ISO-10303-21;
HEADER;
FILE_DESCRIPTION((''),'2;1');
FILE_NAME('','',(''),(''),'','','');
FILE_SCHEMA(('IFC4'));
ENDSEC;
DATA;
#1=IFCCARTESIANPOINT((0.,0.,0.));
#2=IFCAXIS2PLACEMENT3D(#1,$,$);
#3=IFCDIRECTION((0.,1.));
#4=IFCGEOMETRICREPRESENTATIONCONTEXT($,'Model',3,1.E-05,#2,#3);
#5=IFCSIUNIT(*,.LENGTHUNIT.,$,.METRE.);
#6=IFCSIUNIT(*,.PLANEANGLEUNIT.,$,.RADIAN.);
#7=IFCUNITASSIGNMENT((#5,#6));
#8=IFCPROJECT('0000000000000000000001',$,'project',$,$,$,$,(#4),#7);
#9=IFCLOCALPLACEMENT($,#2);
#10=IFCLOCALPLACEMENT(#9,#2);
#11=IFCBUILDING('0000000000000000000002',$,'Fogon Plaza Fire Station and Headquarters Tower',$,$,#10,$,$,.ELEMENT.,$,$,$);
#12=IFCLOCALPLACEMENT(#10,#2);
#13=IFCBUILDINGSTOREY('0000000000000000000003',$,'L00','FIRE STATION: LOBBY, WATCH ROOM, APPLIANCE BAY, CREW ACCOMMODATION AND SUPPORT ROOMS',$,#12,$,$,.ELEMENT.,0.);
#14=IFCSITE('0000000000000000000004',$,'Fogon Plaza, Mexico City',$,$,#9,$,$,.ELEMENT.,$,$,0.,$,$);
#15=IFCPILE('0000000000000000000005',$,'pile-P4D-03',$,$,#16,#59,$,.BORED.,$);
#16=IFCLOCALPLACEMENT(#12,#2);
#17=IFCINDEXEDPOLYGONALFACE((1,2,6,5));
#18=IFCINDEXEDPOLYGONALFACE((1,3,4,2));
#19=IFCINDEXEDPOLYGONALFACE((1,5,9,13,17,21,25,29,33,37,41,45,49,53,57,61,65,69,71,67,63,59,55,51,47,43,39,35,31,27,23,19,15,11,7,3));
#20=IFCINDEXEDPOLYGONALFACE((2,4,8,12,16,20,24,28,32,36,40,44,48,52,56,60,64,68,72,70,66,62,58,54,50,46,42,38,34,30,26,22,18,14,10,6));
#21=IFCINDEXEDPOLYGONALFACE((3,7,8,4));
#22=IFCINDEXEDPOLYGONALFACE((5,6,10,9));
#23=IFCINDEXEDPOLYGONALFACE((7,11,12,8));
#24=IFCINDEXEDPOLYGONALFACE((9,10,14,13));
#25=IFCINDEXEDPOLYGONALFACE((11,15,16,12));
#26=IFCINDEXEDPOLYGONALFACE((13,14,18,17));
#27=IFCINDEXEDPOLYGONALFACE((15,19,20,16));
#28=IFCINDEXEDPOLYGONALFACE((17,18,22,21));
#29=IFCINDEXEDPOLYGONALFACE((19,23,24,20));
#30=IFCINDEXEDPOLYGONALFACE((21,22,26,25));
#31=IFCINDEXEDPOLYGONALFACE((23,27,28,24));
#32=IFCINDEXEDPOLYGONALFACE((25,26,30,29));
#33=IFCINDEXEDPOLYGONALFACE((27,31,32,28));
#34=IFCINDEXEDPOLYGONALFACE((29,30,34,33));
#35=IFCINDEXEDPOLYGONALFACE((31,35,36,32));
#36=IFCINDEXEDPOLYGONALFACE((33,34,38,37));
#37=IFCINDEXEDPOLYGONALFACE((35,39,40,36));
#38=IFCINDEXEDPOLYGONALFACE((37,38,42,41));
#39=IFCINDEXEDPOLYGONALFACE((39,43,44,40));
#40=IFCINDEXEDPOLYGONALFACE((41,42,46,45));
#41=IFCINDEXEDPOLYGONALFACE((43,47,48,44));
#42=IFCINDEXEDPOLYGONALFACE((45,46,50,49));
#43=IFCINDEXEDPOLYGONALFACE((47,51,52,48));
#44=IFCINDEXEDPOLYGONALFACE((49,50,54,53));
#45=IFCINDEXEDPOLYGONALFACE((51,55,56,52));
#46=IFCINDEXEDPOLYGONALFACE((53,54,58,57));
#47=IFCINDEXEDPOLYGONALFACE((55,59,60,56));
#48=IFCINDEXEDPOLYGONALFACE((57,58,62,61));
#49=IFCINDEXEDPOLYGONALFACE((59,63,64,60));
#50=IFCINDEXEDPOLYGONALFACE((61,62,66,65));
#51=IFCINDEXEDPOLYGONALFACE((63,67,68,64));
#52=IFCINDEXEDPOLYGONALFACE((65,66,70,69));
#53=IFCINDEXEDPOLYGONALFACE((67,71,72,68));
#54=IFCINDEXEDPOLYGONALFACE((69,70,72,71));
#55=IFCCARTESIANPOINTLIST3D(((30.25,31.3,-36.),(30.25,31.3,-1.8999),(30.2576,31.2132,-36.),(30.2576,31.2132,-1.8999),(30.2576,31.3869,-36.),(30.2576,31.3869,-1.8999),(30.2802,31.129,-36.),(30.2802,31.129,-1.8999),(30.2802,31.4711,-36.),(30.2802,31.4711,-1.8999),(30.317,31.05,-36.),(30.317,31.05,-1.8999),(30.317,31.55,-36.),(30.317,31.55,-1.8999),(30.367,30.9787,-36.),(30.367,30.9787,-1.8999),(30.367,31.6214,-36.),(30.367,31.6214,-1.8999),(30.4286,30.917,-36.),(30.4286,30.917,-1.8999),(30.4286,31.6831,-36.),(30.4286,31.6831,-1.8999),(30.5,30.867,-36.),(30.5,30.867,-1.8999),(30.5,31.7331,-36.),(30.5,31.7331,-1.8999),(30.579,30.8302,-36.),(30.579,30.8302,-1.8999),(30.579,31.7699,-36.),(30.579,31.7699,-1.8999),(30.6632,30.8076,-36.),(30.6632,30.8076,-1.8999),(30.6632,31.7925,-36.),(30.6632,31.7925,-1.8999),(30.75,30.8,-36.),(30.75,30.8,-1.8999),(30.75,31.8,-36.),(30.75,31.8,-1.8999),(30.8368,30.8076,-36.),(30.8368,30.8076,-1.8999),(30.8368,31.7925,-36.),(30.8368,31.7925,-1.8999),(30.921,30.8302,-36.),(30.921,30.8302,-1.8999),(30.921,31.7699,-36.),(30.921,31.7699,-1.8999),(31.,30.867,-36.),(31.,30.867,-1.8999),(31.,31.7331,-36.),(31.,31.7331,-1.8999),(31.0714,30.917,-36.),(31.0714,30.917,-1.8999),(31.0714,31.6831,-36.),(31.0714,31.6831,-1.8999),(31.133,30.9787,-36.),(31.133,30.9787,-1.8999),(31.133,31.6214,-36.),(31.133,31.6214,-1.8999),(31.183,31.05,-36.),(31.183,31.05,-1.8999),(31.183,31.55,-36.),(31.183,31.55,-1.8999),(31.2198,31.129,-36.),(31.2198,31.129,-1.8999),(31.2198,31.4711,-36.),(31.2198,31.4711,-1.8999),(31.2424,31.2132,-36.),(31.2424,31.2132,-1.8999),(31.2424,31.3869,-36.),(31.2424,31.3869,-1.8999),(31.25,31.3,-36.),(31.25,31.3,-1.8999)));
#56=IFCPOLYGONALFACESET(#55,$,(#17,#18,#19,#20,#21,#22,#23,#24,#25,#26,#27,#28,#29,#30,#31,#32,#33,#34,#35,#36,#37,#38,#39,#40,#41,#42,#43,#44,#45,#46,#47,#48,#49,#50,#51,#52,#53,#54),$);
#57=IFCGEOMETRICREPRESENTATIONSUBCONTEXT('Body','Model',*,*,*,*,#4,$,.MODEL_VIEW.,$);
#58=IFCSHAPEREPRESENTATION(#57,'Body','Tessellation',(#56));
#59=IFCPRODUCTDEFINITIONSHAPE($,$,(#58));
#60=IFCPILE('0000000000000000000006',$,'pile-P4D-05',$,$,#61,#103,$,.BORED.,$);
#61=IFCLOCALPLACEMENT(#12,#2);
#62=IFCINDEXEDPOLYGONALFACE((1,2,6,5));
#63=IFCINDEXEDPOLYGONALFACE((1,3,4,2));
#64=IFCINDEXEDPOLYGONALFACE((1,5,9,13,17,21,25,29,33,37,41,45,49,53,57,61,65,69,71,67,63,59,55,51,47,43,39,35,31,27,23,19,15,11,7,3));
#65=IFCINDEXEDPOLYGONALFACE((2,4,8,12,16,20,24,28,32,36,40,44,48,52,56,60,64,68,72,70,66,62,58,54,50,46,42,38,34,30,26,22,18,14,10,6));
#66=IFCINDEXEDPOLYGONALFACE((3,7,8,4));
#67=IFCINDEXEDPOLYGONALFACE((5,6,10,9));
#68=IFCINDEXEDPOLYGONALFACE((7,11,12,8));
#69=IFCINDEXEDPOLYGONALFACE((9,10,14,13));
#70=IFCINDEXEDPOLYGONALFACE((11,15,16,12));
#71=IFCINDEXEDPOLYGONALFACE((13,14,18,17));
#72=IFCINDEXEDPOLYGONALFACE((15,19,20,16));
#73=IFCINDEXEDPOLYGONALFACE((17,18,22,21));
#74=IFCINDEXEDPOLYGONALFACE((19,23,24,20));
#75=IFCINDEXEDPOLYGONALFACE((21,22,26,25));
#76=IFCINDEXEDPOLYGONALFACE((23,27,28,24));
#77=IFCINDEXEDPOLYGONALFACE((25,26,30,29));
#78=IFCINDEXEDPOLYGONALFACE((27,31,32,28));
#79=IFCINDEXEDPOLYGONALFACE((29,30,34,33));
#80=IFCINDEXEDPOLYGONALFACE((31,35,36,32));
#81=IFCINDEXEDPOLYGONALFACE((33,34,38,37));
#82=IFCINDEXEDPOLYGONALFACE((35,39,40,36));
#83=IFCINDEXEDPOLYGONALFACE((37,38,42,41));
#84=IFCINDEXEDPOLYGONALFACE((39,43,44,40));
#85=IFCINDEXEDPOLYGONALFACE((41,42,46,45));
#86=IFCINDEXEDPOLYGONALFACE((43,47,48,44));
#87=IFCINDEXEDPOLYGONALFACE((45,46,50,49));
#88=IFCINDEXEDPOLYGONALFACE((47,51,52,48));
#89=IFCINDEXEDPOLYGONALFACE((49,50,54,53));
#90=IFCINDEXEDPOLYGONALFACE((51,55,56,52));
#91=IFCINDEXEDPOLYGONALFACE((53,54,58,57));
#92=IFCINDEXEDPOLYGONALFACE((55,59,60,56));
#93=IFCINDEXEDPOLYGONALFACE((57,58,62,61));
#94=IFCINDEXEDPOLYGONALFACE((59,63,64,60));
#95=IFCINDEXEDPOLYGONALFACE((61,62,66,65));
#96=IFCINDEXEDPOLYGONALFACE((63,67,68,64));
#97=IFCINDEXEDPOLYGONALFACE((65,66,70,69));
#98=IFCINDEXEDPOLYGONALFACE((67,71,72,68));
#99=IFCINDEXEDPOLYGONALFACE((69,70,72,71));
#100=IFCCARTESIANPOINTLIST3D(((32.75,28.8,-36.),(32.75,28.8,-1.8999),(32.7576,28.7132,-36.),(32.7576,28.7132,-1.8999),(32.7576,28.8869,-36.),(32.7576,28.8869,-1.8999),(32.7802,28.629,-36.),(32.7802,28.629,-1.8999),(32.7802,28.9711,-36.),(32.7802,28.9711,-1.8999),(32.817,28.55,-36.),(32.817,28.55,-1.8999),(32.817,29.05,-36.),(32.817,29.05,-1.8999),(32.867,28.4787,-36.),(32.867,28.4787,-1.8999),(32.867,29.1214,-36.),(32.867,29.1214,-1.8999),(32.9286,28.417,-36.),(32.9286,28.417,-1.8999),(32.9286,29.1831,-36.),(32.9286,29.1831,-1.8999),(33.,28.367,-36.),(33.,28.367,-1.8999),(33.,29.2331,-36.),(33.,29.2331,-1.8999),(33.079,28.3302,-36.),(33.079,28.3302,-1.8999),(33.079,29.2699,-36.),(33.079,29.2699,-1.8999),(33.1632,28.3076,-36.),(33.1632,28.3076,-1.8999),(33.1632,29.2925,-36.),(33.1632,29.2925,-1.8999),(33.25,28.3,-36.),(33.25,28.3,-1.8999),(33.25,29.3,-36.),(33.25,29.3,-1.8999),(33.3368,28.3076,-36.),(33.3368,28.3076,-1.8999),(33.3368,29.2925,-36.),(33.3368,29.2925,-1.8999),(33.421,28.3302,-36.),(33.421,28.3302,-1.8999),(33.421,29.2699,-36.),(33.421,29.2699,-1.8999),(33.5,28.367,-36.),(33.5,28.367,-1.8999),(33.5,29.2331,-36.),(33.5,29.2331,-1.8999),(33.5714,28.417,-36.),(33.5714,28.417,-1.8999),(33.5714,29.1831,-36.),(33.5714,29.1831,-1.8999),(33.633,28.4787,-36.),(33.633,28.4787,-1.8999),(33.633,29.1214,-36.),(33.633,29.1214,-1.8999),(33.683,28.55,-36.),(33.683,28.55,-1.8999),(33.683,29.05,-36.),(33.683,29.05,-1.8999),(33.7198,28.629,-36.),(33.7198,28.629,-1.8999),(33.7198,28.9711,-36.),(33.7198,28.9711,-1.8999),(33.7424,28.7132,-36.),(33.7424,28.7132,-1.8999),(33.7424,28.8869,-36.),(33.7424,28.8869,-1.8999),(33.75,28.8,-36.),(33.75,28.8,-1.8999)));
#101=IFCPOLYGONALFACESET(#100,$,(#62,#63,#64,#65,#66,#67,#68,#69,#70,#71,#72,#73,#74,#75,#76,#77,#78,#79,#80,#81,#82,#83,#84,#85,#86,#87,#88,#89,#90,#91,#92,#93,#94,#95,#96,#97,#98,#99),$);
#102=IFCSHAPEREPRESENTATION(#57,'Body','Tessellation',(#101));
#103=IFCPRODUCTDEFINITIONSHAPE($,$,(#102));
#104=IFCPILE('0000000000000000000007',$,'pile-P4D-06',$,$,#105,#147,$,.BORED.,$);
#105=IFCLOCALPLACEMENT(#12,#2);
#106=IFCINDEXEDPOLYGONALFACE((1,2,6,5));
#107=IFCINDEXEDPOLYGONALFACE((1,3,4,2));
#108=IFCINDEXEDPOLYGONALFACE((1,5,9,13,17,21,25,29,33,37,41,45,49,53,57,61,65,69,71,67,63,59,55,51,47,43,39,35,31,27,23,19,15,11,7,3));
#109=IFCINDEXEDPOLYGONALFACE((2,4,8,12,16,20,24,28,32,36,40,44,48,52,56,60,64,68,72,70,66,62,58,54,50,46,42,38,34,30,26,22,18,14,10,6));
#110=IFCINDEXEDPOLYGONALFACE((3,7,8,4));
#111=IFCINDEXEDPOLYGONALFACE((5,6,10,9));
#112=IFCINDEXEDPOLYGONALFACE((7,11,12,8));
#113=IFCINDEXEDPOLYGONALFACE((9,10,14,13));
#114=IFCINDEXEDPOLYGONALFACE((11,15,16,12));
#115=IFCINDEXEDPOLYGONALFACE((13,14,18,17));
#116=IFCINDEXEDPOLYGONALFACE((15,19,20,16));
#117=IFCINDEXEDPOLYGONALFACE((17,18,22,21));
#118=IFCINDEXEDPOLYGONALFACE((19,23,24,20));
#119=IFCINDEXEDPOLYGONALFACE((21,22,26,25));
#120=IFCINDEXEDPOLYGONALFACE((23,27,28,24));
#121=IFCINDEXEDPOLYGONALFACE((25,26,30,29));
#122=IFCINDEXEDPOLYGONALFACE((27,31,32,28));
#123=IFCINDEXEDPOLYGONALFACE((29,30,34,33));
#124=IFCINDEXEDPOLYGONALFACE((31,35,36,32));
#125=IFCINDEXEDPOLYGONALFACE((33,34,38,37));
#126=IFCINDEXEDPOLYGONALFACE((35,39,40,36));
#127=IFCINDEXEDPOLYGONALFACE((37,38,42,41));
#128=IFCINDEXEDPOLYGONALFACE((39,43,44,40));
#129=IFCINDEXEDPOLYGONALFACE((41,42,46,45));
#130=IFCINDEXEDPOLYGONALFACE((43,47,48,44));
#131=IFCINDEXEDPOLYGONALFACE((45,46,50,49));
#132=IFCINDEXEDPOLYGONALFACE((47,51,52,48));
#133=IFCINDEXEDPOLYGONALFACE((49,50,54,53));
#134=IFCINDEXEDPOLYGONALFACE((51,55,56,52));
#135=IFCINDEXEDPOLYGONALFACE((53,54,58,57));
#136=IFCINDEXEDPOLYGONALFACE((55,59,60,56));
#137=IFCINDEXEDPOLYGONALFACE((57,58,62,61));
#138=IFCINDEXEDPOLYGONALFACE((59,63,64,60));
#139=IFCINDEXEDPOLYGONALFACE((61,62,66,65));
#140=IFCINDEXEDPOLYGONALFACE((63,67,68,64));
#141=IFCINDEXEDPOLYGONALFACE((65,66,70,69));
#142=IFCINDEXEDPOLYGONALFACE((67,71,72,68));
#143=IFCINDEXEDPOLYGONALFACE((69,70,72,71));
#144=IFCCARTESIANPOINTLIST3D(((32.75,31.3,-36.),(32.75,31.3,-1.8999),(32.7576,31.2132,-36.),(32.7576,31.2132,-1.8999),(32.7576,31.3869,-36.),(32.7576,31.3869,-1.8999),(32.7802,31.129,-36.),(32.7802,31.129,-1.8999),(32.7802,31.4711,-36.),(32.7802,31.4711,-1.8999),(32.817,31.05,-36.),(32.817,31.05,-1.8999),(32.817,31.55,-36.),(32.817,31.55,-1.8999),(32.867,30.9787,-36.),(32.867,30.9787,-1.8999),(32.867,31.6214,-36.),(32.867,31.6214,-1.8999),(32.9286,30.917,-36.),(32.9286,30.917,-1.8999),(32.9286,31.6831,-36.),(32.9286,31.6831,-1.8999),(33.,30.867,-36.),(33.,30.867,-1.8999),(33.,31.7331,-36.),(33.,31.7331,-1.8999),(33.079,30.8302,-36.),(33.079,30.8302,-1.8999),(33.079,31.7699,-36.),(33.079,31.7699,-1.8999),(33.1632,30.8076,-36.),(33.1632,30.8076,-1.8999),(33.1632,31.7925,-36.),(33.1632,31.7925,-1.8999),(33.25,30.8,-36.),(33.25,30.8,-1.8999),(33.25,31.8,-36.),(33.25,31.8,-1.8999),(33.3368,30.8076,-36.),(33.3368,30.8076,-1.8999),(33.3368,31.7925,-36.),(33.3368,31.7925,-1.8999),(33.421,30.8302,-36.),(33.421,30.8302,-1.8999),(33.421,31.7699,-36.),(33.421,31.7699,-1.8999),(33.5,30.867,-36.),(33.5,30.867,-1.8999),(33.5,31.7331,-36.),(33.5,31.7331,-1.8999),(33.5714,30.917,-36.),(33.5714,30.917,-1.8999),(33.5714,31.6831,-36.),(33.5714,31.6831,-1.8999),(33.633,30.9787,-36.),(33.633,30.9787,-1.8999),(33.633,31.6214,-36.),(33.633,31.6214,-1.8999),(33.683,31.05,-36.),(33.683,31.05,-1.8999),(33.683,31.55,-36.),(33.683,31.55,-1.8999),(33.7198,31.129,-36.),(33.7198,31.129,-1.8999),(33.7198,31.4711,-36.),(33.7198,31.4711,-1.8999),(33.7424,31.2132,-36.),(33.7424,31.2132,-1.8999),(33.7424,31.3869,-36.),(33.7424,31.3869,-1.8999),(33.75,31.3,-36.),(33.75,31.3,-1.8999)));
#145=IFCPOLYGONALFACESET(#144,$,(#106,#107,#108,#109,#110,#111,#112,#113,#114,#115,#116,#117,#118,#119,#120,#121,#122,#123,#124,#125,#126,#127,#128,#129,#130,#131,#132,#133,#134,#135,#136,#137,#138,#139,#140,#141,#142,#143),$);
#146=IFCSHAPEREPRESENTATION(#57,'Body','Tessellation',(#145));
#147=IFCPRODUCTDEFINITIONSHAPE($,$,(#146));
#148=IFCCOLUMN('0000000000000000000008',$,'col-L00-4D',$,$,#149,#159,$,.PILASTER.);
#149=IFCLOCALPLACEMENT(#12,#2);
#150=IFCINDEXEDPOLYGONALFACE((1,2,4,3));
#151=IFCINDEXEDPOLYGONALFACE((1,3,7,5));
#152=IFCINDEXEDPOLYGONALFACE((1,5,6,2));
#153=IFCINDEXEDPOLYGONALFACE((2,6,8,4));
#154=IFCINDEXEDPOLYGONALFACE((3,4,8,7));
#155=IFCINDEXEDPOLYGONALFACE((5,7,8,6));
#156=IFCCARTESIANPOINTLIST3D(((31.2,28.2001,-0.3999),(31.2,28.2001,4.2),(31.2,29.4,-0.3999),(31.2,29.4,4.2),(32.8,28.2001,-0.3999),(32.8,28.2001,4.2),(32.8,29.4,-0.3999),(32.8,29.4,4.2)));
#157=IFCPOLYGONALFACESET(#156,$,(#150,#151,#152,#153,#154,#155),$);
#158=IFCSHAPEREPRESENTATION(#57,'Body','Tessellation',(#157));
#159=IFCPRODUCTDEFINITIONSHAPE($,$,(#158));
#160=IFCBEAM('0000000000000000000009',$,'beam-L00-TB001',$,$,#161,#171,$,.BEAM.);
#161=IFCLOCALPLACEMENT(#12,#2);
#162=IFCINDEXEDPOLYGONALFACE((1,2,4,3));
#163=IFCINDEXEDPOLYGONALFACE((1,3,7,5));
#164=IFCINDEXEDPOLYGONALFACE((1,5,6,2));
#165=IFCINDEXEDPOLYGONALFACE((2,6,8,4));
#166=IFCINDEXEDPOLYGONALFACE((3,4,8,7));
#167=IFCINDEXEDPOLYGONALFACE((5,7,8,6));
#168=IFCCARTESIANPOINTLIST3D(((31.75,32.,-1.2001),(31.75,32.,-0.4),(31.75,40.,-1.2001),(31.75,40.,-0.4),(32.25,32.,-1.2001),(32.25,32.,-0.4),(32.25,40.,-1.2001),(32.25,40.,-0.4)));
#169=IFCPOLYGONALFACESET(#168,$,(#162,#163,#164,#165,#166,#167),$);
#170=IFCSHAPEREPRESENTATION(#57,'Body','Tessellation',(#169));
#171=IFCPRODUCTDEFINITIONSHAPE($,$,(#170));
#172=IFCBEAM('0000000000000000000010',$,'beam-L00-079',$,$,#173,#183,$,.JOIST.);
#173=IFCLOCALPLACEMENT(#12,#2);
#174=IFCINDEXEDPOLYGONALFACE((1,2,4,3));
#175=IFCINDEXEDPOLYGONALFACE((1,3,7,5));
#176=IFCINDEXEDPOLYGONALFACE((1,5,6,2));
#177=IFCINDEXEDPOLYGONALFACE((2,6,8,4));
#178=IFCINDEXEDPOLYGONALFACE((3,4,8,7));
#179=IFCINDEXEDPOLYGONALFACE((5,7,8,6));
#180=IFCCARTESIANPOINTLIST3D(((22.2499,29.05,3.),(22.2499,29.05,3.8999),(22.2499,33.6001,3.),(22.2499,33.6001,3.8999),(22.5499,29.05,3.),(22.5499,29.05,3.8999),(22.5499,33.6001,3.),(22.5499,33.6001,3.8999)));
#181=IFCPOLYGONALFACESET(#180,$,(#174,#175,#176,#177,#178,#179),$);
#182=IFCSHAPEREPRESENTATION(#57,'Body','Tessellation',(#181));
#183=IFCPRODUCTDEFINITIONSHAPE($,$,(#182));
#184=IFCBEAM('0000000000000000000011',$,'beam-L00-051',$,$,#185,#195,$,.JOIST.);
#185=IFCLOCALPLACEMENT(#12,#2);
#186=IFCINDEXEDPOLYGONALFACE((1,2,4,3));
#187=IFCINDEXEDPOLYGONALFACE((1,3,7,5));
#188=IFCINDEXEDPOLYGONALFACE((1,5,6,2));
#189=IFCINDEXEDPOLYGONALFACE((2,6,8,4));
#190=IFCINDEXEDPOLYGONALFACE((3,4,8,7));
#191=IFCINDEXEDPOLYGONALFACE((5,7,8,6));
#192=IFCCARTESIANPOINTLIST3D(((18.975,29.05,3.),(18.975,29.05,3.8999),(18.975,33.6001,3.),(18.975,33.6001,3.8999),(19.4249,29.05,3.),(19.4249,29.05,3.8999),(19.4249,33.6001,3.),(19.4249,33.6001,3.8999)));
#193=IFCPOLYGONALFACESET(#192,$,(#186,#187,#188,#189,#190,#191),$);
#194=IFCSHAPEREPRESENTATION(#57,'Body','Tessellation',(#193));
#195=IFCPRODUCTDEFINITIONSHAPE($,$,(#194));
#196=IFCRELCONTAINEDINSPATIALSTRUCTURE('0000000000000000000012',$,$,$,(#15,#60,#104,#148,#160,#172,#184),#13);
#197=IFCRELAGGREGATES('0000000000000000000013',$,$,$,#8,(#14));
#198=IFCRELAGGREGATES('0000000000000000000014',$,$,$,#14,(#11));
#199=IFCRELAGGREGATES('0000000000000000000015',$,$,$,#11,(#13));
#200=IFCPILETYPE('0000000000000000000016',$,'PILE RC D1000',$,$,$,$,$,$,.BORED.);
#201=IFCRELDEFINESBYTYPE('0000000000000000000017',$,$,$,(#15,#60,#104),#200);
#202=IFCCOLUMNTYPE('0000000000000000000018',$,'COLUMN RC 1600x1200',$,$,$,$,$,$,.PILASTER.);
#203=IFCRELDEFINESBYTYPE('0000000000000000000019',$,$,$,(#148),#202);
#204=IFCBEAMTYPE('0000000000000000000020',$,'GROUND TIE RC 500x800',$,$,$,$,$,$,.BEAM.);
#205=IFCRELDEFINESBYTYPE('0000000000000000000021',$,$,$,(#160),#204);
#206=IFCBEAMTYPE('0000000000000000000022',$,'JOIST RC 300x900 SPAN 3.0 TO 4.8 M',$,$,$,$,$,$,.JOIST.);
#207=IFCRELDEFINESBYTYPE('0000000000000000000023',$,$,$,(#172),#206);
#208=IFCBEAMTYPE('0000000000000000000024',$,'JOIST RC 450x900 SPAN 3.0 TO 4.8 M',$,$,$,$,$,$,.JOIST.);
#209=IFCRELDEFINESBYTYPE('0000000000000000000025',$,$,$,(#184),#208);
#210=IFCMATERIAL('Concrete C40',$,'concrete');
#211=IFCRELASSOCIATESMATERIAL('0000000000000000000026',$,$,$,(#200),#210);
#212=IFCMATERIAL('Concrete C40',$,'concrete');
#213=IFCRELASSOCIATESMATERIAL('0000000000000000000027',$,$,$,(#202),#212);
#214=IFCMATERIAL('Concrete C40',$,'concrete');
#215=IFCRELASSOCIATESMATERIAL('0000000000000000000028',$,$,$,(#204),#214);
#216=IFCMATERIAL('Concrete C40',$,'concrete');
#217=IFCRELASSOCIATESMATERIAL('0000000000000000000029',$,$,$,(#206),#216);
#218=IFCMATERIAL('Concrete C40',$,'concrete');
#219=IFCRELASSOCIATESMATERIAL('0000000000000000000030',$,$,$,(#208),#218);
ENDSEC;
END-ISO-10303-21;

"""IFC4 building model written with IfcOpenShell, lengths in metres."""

from ifc_helpers import new_model, si_unit, direction, frame, origin, origin_2d, place, context, subcontext, project, spatial, rectangle, circle, extrude, material, material_profile, profile_set, type_object, element, save


model = new_model("IFC4")

# Units and contexts
model_context = context("Model", 3, precision=1e-05, world=origin(), true_north=direction((0.0, 1.0)))
body_context = subcontext(model_context, "Body", "Model", "MODEL_VIEW")
ifc_project = project(units=[si_unit("LENGTHUNIT", "METRE"), si_unit("PLANEANGLEUNIT", "RADIAN")], contexts=[model_context])

# Site, building, storey
site_placement = place(None, origin())
site = spatial("IfcSite", under=ifc_project, at=site_placement, Name="Fogon Plaza, Mexico City", CompositionType="ELEMENT", RefElevation=0.0)
building_placement = place(site_placement, origin())
building = spatial("IfcBuilding", under=site, at=building_placement, Name="Fogon Plaza Fire Station and Headquarters Tower", CompositionType="ELEMENT")
storey_placement = place(building_placement, origin())
storey = spatial("IfcBuildingStorey", under=building, at=storey_placement, Name="L00", Description="FIRE STATION: LOBBY, WATCH ROOM, APPLIANCE BAY, CREW ACCOMMODATION AND SUPPORT ROOMS", CompositionType="ELEMENT", Elevation=0.0)

# Piles
ifc_material_1 = material(Name="Concrete C40", Category="concrete")
ifc_material_profile_1 = material_profile(ifc_material_1, circle(Radius=0.5, at=origin_2d()), Name="RC D1000")
ifc_profile_set_1 = profile_set([ifc_material_profile_1], Name="Concrete C40")
pile_type = type_object("IfcPileType", Name="PILE RC D1000", PredefinedType="BORED", material=ifc_profile_set_1)
for number, where, z_axis, x_axis, name in (
    (1, (30.75, 31.3, -1.8999), (0.0, 0.0, -1.0), (1.0, 0.0, 0.0), "pile-P4D-03"),
    (2, (33.25, 28.8, -1.8999), (0.0, 0.0, -1.0), (1.0, 0.0, 0.0), "pile-P4D-05"),
    (3, (33.25, 31.3, -1.8999), (0.0, 0.0, -1.0), (1.0, 0.0, 0.0), "pile-P4D-06"),
):
    element("IfcPile", number, at=place(storey_placement, frame(where, z_axis=z_axis, x_axis=x_axis)), inside=storey, type_object=pile_type, Name=name, PredefinedType="BORED", context=body_context, shape_type="SweptSolid", body=[
        extrude(circle(Radius=0.5, at=origin_2d()), origin(), (0.0, 0.0, 1.0), 34.1001),
    ])

# Column
ifc_material_2 = material(Name="Concrete C40", Category="concrete")
ifc_material_profile_2 = material_profile(ifc_material_2, rectangle(XDim=1.6001, YDim=1.2, at=origin_2d()), Name="RC 1600x1200")
ifc_profile_set_2 = profile_set([ifc_material_profile_2], Name="Concrete C40")
column_type = type_object("IfcColumnType", Name="COLUMN RC 1600x1200", PredefinedType="PILASTER", material=ifc_profile_set_2)
column_placement = place(storey_placement, frame((32.0, 28.8, -0.3999), z_axis=(0.0, 0.0, 1.0), x_axis=(1.0, 0.0, 0.0)))
element("IfcColumn", 4, at=column_placement, inside=storey, type_object=column_type, Name="col-L00-4D", PredefinedType="PILASTER", context=body_context, shape_type="SweptSolid", body=[
    extrude(rectangle(XDim=1.6001, YDim=1.2, at=origin_2d()), origin(), (0.0, 0.0, 1.0), 4.5999),
])

# Beams
ifc_material_3 = material(Name="Concrete C40", Category="concrete")
ifc_material_profile_3 = material_profile(ifc_material_3, rectangle(XDim=0.5, YDim=0.8, at=origin_2d()), Name="RC 500x800")
ifc_profile_set_3 = profile_set([ifc_material_profile_3], Name="Concrete C40")
beam_type_1 = type_object("IfcBeamType", Name="GROUND TIE RC 500x800", PredefinedType="BEAM", material=ifc_profile_set_3)
beam_1_placement = place(storey_placement, frame((32.0, 32.0, -0.8), z_axis=(0.0, 1.0, 0.0), x_axis=(-1.0, 0.0, 0.0)))
element("IfcBeam", 5, at=beam_1_placement, inside=storey, type_object=beam_type_1, Name="beam-L00-TB001", PredefinedType="BEAM", context=body_context, shape_type="SweptSolid", body=[
    extrude(rectangle(XDim=0.5, YDim=0.8, at=origin_2d()), origin(), (0.0, 0.0, 1.0), 8.0),
])
ifc_material_4 = material(Name="Concrete C40", Category="concrete")
ifc_material_profile_4 = material_profile(ifc_material_4, rectangle(XDim=0.3, YDim=0.8999, at=origin_2d()), Name="RC 300x900")
ifc_profile_set_4 = profile_set([ifc_material_profile_4], Name="Concrete C40")
beam_type_2 = type_object("IfcBeamType", Name="JOIST RC 300x900 SPAN 3.0 TO 4.8 M", PredefinedType="JOIST", material=ifc_profile_set_4)
beam_2_placement = place(storey_placement, frame((22.3999, 29.05, 3.45), z_axis=(0.0, 1.0, 0.0), x_axis=(-1.0, 0.0, 0.0)))
element("IfcBeam", 6, at=beam_2_placement, inside=storey, type_object=beam_type_2, Name="beam-L00-079", PredefinedType="JOIST", context=body_context, shape_type="SweptSolid", body=[
    extrude(rectangle(XDim=0.3, YDim=0.8999, at=origin_2d()), origin(), (0.0, 0.0, 1.0), 4.55),
])
ifc_material_5 = material(Name="Concrete C40", Category="concrete")
ifc_material_profile_5 = material_profile(ifc_material_5, rectangle(XDim=0.45, YDim=0.8999, at=origin_2d()), Name="RC 450x900")
ifc_profile_set_5 = profile_set([ifc_material_profile_5], Name="Concrete C40")
beam_type_3 = type_object("IfcBeamType", Name="JOIST RC 450x900 SPAN 3.0 TO 4.8 M", PredefinedType="JOIST", material=ifc_profile_set_5)
beam_3_placement = place(storey_placement, frame((19.2, 29.05, 3.45), z_axis=(0.0, 1.0, 0.0), x_axis=(-1.0, 0.0, 0.0)))
element("IfcBeam", 7, at=beam_3_placement, inside=storey, type_object=beam_type_3, Name="beam-L00-051", PredefinedType="JOIST", context=body_context, shape_type="SweptSolid", body=[
    extrude(rectangle(XDim=0.45, YDim=0.8999, at=origin_2d()), origin(), (0.0, 0.0, 1.0), 4.55),
])

save(model, "model.ifc")
